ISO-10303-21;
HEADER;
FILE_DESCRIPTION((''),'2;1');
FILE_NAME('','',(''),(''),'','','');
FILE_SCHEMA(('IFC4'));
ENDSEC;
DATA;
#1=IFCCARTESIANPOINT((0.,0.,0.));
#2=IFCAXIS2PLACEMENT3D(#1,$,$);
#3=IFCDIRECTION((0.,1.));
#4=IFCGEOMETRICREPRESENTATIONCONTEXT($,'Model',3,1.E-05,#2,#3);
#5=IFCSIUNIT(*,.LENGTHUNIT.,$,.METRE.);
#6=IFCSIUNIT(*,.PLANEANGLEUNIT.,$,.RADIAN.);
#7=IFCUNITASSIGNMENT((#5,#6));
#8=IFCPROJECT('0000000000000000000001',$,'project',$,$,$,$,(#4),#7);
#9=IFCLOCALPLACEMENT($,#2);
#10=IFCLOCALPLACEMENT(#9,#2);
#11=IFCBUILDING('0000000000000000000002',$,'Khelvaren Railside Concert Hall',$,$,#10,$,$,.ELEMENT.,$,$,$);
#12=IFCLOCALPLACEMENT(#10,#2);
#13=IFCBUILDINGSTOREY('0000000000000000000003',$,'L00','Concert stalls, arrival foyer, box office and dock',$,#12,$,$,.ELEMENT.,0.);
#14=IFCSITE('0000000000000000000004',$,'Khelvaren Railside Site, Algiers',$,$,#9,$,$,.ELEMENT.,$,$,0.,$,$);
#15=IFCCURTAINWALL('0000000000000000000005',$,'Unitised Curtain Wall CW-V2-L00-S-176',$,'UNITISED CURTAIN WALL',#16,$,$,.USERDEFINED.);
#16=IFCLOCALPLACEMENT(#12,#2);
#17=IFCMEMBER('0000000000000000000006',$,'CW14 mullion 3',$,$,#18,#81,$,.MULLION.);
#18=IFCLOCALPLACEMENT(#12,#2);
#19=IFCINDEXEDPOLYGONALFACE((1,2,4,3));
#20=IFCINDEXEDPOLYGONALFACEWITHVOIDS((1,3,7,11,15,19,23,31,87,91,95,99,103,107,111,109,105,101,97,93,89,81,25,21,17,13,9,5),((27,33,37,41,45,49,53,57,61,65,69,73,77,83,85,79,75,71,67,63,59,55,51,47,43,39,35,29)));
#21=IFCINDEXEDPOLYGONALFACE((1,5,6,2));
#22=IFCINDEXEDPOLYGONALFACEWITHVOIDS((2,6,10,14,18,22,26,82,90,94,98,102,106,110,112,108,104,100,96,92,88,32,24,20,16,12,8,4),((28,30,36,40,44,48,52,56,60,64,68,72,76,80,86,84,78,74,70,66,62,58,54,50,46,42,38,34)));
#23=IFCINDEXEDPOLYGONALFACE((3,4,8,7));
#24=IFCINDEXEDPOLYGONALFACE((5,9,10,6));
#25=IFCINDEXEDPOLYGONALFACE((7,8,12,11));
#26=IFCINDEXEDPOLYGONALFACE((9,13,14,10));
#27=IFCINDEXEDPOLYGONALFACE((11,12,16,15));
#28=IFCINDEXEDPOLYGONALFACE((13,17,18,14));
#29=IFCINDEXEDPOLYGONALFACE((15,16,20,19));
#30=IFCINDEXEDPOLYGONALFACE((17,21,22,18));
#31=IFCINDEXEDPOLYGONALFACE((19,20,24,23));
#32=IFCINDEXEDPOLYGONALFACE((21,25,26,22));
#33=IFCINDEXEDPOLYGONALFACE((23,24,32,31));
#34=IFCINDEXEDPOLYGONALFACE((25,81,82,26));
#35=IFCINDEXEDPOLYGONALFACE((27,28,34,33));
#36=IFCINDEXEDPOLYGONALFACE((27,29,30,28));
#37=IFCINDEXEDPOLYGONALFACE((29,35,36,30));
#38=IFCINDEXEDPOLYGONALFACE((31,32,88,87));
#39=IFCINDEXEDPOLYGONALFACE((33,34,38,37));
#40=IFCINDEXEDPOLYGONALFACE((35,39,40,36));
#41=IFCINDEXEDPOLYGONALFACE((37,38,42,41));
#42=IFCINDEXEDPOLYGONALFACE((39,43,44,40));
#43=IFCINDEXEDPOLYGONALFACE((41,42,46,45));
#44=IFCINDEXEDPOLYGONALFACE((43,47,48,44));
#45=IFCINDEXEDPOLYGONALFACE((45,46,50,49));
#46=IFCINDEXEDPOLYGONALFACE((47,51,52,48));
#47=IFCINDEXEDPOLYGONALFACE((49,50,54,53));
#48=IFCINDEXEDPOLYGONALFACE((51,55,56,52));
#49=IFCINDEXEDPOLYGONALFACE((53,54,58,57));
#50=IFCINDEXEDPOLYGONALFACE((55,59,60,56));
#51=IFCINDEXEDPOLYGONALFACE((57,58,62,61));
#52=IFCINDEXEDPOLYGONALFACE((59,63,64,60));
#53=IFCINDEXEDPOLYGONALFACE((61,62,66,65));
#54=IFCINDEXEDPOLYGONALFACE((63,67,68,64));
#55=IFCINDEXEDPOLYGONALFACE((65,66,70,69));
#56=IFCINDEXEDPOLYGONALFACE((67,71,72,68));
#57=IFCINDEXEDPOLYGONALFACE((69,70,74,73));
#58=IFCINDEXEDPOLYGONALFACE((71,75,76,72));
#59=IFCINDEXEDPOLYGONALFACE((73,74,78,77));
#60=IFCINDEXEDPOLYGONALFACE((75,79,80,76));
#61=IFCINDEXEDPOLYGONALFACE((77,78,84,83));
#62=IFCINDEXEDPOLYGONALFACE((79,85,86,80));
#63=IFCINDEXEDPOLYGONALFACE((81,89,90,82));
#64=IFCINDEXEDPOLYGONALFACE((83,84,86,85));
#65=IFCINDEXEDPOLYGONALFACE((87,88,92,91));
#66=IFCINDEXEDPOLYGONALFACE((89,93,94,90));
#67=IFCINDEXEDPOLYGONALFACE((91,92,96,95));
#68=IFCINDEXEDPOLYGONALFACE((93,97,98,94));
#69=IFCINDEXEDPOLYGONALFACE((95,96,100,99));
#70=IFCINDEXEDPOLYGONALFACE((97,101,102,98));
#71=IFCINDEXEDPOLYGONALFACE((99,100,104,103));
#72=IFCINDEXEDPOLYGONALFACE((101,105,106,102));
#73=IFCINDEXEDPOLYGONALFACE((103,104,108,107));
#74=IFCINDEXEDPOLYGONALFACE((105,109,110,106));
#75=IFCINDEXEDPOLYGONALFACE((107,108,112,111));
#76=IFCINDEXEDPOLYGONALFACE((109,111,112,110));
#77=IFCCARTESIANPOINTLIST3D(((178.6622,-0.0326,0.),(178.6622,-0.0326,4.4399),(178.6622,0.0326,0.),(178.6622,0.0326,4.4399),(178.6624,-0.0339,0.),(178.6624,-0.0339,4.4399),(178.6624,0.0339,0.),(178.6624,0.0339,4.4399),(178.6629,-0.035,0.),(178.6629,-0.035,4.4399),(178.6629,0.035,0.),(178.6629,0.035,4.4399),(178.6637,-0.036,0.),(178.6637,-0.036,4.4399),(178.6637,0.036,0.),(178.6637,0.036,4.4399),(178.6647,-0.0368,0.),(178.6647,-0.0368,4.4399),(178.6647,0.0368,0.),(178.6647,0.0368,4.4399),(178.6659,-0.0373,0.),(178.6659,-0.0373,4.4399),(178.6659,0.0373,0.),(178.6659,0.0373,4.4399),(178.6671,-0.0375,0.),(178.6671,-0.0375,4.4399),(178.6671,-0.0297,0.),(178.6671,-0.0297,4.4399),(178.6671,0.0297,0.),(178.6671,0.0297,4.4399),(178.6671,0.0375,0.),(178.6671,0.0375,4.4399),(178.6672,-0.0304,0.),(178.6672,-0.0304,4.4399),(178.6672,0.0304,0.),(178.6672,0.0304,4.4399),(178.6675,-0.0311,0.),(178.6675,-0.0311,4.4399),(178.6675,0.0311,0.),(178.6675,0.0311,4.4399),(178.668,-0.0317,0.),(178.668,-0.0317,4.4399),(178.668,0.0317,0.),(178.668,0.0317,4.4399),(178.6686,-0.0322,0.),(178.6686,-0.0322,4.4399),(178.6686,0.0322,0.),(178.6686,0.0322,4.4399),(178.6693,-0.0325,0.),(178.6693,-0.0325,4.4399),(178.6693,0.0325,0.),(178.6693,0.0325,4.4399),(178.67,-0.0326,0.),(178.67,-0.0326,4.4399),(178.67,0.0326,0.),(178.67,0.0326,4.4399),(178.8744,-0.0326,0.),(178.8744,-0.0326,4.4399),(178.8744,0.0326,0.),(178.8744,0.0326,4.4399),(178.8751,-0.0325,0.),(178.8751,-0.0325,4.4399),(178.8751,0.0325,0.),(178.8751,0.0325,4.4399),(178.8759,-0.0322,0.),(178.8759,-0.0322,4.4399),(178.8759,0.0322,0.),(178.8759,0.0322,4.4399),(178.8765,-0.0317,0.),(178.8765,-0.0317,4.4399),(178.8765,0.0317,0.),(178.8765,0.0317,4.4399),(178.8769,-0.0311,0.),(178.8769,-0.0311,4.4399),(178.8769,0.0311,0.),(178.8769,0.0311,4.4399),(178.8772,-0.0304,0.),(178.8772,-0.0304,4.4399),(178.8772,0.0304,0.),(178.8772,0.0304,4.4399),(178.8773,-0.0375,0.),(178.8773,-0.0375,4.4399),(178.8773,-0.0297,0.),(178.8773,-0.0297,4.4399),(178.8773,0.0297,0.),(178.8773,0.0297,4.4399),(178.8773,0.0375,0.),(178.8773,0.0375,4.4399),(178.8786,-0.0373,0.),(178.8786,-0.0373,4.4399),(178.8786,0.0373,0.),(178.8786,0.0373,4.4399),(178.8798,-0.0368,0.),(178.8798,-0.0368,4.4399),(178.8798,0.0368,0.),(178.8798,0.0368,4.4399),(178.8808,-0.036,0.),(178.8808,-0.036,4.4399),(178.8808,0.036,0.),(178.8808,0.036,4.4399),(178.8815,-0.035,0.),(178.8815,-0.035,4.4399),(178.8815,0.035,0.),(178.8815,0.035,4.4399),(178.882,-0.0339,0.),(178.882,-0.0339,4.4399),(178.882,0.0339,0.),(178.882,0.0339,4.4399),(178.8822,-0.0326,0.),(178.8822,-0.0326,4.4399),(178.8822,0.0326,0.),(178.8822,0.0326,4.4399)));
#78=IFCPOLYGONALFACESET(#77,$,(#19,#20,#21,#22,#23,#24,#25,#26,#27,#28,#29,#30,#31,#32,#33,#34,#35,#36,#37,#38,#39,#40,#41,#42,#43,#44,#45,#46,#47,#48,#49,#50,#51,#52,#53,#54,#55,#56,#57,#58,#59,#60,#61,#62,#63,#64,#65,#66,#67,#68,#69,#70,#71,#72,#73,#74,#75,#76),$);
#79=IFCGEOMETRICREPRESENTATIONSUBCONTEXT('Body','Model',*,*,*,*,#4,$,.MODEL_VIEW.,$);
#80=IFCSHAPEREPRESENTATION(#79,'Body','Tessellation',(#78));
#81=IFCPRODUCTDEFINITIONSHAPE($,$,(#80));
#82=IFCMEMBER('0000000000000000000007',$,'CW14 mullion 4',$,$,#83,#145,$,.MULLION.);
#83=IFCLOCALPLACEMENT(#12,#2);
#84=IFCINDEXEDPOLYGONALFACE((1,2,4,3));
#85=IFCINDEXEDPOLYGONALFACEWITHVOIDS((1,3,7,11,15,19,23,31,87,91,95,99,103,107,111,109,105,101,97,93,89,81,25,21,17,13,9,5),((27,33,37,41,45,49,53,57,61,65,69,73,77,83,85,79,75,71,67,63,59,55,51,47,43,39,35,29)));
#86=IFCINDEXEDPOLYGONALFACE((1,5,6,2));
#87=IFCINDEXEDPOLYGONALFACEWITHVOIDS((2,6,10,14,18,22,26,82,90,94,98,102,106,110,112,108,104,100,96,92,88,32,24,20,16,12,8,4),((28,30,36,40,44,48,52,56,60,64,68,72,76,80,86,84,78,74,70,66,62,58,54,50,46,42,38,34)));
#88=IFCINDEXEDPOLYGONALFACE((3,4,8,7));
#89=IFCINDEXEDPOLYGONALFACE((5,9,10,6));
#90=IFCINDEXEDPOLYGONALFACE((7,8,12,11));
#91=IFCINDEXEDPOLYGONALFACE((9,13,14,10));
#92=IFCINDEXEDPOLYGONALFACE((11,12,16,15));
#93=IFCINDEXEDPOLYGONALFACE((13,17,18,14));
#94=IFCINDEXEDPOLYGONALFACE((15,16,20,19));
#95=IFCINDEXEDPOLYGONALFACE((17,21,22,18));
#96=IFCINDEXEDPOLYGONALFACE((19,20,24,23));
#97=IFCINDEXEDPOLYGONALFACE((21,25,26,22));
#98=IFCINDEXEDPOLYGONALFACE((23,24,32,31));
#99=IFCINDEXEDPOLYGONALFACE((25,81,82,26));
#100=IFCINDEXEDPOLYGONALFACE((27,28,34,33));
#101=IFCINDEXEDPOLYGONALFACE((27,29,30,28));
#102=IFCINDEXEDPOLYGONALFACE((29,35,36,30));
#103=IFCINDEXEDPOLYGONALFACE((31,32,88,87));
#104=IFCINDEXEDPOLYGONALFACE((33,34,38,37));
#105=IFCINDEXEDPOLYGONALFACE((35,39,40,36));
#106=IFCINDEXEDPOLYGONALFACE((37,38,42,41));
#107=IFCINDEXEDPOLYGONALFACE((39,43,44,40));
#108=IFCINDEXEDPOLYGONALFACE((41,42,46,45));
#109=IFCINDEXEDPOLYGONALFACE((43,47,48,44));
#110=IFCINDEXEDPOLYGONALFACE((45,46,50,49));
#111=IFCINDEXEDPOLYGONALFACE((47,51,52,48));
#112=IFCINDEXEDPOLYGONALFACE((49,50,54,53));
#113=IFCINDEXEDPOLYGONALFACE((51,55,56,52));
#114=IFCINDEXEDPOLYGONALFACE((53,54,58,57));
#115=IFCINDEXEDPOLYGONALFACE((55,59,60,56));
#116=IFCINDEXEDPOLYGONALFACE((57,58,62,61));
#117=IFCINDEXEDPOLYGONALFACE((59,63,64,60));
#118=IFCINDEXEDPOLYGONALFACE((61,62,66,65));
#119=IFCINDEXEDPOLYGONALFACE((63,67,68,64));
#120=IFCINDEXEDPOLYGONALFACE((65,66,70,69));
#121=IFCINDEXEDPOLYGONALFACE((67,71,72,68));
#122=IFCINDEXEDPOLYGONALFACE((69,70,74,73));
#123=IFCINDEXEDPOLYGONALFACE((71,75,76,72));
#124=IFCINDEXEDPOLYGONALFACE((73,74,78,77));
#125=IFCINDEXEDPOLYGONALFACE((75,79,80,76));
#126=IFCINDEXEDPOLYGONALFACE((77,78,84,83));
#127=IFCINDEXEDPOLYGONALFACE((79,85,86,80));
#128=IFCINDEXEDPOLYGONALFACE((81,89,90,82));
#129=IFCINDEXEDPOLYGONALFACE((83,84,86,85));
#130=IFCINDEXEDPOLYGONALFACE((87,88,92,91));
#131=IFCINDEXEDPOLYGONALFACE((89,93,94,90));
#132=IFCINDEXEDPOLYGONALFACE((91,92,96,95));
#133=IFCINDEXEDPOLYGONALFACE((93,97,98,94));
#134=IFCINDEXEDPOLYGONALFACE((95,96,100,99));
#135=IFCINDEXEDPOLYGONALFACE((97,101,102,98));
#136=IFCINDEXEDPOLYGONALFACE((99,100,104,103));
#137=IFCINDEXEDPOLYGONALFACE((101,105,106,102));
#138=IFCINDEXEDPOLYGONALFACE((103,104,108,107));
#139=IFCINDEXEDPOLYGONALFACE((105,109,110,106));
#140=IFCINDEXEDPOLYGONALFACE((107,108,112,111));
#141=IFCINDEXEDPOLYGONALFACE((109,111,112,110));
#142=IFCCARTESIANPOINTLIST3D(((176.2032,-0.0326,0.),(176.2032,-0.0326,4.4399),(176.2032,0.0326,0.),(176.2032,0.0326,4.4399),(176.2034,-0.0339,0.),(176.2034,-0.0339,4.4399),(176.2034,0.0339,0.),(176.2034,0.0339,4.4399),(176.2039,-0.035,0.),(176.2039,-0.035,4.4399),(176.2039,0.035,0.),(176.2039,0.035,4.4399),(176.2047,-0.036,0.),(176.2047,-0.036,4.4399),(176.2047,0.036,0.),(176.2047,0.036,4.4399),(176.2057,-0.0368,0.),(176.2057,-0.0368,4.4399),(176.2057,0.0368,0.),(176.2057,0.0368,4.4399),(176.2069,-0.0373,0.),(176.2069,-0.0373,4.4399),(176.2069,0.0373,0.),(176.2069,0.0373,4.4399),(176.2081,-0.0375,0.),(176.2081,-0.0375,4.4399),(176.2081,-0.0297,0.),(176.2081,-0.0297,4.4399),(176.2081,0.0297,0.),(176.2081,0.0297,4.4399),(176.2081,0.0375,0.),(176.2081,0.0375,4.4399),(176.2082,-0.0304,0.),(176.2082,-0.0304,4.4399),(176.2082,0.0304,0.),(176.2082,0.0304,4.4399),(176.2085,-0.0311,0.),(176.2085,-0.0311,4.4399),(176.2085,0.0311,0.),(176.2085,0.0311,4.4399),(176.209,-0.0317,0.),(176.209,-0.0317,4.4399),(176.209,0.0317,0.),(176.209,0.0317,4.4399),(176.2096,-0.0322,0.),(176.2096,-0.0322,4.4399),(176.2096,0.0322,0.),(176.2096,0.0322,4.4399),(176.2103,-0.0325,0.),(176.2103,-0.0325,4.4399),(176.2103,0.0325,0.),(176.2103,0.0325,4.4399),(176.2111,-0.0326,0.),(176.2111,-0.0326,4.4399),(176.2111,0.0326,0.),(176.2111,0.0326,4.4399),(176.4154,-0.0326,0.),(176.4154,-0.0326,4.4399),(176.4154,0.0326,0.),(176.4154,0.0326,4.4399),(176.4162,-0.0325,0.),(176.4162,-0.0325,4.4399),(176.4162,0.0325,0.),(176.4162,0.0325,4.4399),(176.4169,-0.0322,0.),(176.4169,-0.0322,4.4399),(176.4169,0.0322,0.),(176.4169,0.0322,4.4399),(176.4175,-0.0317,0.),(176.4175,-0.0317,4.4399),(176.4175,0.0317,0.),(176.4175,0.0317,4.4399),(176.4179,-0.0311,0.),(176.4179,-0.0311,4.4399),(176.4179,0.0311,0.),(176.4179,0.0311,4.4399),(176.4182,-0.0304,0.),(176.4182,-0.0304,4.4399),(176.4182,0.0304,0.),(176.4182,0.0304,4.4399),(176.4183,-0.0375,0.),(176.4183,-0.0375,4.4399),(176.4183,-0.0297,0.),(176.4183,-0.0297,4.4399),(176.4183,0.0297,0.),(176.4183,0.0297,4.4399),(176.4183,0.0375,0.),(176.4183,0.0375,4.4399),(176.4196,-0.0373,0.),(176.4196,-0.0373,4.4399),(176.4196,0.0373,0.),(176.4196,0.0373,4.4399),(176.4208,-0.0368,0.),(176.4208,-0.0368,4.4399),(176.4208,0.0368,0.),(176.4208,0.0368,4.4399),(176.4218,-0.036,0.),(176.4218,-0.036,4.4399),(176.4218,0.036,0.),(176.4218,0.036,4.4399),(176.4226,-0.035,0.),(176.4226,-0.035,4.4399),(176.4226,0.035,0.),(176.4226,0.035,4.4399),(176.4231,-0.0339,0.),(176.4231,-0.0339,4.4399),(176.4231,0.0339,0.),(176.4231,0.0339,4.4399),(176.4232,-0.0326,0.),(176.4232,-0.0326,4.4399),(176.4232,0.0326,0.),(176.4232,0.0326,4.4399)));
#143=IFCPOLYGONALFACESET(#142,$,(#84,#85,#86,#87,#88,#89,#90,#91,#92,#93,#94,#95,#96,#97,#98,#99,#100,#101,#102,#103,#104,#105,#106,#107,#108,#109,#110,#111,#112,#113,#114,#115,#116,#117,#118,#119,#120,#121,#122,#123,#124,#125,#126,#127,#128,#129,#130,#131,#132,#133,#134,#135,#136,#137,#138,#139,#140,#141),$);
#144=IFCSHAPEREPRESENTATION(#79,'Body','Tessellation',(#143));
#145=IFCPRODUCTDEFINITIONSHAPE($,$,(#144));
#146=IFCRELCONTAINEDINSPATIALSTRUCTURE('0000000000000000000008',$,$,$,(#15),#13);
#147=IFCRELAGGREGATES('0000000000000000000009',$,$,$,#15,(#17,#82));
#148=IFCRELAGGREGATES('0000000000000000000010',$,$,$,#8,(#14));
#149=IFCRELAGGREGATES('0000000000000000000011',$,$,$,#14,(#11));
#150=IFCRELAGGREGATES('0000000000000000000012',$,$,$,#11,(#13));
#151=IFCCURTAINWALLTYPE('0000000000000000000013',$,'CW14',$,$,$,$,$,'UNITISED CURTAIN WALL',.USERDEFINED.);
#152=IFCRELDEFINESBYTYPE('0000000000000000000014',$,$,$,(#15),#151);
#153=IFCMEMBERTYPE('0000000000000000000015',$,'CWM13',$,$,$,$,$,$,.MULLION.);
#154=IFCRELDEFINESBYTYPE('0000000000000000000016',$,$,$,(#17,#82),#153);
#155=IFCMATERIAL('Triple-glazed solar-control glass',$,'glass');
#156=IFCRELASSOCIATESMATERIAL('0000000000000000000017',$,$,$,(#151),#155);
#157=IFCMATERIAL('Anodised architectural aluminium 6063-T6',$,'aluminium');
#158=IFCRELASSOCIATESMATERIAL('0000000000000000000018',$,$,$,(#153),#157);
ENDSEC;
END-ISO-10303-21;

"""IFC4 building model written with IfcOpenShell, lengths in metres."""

from ifc_helpers import new_model, si_unit, direction, frame, origin, origin_2d, place, context, subcontext, project, spatial, hollow_rectangle, extrude, material, material_profile, profile_set, type_object, element, aggregate, save


model = new_model("IFC4")

# Units and contexts
model_context = context("Model", 3, precision=1e-05, world=origin(), true_north=direction((0.0, 1.0)))
body_context = subcontext(model_context, "Body", "Model", "MODEL_VIEW")
ifc_project = project(units=[si_unit("LENGTHUNIT", "METRE"), si_unit("PLANEANGLEUNIT", "RADIAN")], contexts=[model_context])

# Site, building, storey
site_placement = place(None, origin())
site = spatial("IfcSite", under=ifc_project, at=site_placement, Name="Khelvaren Railside Site, Algiers", CompositionType="ELEMENT", RefElevation=0.0)
building_placement = place(site_placement, origin())
building = spatial("IfcBuilding", under=site, at=building_placement, Name="Khelvaren Railside Concert Hall", CompositionType="ELEMENT")
storey_placement = place(building_placement, origin())
storey = spatial("IfcBuildingStorey", under=building, at=storey_placement, Name="L00", Description="Concert stalls, arrival foyer, box office and dock", CompositionType="ELEMENT", Elevation=0.0)

# Curtain wall, members
ifc_material_1 = material(Name="Triple-glazed solar-control glass", Category="glass")
curtain_wall_type_1 = type_object("IfcCurtainWallType", Name="CW14", ElementType="UNITISED CURTAIN WALL", PredefinedType="USERDEFINED", material=ifc_material_1)
curtain_wall_1_placement = place(storey_placement, origin())
curtain_wall_1 = element("IfcCurtainWall", 1, at=curtain_wall_1_placement, inside=storey, type_object=curtain_wall_type_1, Name="Unitised Curtain Wall CW-V2-L00-S-176", ObjectType="UNITISED CURTAIN WALL", PredefinedType="USERDEFINED")
ifc_material_2 = material(Name="Anodised architectural aluminium 6063-T6", Category="aluminium")
ifc_material_profile_1 = material_profile(ifc_material_2, hollow_rectangle(XDim=0.075, YDim=0.22, WallThickness=0.0049, InnerFilletRadius=0.0029, OuterFilletRadius=0.0049, at=origin_2d()), Name="CWM 75x220x5")
ifc_profile_set_1 = profile_set([ifc_material_profile_1], Name="Anodised architectural aluminium 6063-T6")
member_type_1 = type_object("IfcMemberType", Name="CWM13", PredefinedType="MULLION", material=ifc_profile_set_1)
member_1_placement = place(storey_placement, frame((178.7722, 0.0, 0.0), z_axis=(0.0, 0.0, 1.0), x_axis=(0.0, -1.0, 0.0)))
member_1 = element("IfcMember", 2, at=member_1_placement, type_object=member_type_1, Name="CW14 mullion 3", PredefinedType="MULLION", context=body_context, shape_type="SweptSolid", body=[
    extrude(hollow_rectangle(XDim=0.075, YDim=0.22, WallThickness=0.0049, InnerFilletRadius=0.0029, OuterFilletRadius=0.0049, at=origin_2d()), origin(), (0.0, 0.0, 1.0), 4.4399),
])
member_2_placement = place(storey_placement, frame((176.3132, 0.0, 0.0), z_axis=(0.0, 0.0, 1.0), x_axis=(0.0, -1.0, 0.0)))
member_2 = element("IfcMember", 3, at=member_2_placement, type_object=member_type_1, Name="CW14 mullion 4", PredefinedType="MULLION", context=body_context, shape_type="SweptSolid", body=[
    extrude(hollow_rectangle(XDim=0.075, YDim=0.22, WallThickness=0.0049, InnerFilletRadius=0.0029, OuterFilletRadius=0.0049, at=origin_2d()), origin(), (0.0, 0.0, 1.0), 4.4399),
])

aggregate(curtain_wall_1, [member_1, member_2])

save(model, "model.ifc")
